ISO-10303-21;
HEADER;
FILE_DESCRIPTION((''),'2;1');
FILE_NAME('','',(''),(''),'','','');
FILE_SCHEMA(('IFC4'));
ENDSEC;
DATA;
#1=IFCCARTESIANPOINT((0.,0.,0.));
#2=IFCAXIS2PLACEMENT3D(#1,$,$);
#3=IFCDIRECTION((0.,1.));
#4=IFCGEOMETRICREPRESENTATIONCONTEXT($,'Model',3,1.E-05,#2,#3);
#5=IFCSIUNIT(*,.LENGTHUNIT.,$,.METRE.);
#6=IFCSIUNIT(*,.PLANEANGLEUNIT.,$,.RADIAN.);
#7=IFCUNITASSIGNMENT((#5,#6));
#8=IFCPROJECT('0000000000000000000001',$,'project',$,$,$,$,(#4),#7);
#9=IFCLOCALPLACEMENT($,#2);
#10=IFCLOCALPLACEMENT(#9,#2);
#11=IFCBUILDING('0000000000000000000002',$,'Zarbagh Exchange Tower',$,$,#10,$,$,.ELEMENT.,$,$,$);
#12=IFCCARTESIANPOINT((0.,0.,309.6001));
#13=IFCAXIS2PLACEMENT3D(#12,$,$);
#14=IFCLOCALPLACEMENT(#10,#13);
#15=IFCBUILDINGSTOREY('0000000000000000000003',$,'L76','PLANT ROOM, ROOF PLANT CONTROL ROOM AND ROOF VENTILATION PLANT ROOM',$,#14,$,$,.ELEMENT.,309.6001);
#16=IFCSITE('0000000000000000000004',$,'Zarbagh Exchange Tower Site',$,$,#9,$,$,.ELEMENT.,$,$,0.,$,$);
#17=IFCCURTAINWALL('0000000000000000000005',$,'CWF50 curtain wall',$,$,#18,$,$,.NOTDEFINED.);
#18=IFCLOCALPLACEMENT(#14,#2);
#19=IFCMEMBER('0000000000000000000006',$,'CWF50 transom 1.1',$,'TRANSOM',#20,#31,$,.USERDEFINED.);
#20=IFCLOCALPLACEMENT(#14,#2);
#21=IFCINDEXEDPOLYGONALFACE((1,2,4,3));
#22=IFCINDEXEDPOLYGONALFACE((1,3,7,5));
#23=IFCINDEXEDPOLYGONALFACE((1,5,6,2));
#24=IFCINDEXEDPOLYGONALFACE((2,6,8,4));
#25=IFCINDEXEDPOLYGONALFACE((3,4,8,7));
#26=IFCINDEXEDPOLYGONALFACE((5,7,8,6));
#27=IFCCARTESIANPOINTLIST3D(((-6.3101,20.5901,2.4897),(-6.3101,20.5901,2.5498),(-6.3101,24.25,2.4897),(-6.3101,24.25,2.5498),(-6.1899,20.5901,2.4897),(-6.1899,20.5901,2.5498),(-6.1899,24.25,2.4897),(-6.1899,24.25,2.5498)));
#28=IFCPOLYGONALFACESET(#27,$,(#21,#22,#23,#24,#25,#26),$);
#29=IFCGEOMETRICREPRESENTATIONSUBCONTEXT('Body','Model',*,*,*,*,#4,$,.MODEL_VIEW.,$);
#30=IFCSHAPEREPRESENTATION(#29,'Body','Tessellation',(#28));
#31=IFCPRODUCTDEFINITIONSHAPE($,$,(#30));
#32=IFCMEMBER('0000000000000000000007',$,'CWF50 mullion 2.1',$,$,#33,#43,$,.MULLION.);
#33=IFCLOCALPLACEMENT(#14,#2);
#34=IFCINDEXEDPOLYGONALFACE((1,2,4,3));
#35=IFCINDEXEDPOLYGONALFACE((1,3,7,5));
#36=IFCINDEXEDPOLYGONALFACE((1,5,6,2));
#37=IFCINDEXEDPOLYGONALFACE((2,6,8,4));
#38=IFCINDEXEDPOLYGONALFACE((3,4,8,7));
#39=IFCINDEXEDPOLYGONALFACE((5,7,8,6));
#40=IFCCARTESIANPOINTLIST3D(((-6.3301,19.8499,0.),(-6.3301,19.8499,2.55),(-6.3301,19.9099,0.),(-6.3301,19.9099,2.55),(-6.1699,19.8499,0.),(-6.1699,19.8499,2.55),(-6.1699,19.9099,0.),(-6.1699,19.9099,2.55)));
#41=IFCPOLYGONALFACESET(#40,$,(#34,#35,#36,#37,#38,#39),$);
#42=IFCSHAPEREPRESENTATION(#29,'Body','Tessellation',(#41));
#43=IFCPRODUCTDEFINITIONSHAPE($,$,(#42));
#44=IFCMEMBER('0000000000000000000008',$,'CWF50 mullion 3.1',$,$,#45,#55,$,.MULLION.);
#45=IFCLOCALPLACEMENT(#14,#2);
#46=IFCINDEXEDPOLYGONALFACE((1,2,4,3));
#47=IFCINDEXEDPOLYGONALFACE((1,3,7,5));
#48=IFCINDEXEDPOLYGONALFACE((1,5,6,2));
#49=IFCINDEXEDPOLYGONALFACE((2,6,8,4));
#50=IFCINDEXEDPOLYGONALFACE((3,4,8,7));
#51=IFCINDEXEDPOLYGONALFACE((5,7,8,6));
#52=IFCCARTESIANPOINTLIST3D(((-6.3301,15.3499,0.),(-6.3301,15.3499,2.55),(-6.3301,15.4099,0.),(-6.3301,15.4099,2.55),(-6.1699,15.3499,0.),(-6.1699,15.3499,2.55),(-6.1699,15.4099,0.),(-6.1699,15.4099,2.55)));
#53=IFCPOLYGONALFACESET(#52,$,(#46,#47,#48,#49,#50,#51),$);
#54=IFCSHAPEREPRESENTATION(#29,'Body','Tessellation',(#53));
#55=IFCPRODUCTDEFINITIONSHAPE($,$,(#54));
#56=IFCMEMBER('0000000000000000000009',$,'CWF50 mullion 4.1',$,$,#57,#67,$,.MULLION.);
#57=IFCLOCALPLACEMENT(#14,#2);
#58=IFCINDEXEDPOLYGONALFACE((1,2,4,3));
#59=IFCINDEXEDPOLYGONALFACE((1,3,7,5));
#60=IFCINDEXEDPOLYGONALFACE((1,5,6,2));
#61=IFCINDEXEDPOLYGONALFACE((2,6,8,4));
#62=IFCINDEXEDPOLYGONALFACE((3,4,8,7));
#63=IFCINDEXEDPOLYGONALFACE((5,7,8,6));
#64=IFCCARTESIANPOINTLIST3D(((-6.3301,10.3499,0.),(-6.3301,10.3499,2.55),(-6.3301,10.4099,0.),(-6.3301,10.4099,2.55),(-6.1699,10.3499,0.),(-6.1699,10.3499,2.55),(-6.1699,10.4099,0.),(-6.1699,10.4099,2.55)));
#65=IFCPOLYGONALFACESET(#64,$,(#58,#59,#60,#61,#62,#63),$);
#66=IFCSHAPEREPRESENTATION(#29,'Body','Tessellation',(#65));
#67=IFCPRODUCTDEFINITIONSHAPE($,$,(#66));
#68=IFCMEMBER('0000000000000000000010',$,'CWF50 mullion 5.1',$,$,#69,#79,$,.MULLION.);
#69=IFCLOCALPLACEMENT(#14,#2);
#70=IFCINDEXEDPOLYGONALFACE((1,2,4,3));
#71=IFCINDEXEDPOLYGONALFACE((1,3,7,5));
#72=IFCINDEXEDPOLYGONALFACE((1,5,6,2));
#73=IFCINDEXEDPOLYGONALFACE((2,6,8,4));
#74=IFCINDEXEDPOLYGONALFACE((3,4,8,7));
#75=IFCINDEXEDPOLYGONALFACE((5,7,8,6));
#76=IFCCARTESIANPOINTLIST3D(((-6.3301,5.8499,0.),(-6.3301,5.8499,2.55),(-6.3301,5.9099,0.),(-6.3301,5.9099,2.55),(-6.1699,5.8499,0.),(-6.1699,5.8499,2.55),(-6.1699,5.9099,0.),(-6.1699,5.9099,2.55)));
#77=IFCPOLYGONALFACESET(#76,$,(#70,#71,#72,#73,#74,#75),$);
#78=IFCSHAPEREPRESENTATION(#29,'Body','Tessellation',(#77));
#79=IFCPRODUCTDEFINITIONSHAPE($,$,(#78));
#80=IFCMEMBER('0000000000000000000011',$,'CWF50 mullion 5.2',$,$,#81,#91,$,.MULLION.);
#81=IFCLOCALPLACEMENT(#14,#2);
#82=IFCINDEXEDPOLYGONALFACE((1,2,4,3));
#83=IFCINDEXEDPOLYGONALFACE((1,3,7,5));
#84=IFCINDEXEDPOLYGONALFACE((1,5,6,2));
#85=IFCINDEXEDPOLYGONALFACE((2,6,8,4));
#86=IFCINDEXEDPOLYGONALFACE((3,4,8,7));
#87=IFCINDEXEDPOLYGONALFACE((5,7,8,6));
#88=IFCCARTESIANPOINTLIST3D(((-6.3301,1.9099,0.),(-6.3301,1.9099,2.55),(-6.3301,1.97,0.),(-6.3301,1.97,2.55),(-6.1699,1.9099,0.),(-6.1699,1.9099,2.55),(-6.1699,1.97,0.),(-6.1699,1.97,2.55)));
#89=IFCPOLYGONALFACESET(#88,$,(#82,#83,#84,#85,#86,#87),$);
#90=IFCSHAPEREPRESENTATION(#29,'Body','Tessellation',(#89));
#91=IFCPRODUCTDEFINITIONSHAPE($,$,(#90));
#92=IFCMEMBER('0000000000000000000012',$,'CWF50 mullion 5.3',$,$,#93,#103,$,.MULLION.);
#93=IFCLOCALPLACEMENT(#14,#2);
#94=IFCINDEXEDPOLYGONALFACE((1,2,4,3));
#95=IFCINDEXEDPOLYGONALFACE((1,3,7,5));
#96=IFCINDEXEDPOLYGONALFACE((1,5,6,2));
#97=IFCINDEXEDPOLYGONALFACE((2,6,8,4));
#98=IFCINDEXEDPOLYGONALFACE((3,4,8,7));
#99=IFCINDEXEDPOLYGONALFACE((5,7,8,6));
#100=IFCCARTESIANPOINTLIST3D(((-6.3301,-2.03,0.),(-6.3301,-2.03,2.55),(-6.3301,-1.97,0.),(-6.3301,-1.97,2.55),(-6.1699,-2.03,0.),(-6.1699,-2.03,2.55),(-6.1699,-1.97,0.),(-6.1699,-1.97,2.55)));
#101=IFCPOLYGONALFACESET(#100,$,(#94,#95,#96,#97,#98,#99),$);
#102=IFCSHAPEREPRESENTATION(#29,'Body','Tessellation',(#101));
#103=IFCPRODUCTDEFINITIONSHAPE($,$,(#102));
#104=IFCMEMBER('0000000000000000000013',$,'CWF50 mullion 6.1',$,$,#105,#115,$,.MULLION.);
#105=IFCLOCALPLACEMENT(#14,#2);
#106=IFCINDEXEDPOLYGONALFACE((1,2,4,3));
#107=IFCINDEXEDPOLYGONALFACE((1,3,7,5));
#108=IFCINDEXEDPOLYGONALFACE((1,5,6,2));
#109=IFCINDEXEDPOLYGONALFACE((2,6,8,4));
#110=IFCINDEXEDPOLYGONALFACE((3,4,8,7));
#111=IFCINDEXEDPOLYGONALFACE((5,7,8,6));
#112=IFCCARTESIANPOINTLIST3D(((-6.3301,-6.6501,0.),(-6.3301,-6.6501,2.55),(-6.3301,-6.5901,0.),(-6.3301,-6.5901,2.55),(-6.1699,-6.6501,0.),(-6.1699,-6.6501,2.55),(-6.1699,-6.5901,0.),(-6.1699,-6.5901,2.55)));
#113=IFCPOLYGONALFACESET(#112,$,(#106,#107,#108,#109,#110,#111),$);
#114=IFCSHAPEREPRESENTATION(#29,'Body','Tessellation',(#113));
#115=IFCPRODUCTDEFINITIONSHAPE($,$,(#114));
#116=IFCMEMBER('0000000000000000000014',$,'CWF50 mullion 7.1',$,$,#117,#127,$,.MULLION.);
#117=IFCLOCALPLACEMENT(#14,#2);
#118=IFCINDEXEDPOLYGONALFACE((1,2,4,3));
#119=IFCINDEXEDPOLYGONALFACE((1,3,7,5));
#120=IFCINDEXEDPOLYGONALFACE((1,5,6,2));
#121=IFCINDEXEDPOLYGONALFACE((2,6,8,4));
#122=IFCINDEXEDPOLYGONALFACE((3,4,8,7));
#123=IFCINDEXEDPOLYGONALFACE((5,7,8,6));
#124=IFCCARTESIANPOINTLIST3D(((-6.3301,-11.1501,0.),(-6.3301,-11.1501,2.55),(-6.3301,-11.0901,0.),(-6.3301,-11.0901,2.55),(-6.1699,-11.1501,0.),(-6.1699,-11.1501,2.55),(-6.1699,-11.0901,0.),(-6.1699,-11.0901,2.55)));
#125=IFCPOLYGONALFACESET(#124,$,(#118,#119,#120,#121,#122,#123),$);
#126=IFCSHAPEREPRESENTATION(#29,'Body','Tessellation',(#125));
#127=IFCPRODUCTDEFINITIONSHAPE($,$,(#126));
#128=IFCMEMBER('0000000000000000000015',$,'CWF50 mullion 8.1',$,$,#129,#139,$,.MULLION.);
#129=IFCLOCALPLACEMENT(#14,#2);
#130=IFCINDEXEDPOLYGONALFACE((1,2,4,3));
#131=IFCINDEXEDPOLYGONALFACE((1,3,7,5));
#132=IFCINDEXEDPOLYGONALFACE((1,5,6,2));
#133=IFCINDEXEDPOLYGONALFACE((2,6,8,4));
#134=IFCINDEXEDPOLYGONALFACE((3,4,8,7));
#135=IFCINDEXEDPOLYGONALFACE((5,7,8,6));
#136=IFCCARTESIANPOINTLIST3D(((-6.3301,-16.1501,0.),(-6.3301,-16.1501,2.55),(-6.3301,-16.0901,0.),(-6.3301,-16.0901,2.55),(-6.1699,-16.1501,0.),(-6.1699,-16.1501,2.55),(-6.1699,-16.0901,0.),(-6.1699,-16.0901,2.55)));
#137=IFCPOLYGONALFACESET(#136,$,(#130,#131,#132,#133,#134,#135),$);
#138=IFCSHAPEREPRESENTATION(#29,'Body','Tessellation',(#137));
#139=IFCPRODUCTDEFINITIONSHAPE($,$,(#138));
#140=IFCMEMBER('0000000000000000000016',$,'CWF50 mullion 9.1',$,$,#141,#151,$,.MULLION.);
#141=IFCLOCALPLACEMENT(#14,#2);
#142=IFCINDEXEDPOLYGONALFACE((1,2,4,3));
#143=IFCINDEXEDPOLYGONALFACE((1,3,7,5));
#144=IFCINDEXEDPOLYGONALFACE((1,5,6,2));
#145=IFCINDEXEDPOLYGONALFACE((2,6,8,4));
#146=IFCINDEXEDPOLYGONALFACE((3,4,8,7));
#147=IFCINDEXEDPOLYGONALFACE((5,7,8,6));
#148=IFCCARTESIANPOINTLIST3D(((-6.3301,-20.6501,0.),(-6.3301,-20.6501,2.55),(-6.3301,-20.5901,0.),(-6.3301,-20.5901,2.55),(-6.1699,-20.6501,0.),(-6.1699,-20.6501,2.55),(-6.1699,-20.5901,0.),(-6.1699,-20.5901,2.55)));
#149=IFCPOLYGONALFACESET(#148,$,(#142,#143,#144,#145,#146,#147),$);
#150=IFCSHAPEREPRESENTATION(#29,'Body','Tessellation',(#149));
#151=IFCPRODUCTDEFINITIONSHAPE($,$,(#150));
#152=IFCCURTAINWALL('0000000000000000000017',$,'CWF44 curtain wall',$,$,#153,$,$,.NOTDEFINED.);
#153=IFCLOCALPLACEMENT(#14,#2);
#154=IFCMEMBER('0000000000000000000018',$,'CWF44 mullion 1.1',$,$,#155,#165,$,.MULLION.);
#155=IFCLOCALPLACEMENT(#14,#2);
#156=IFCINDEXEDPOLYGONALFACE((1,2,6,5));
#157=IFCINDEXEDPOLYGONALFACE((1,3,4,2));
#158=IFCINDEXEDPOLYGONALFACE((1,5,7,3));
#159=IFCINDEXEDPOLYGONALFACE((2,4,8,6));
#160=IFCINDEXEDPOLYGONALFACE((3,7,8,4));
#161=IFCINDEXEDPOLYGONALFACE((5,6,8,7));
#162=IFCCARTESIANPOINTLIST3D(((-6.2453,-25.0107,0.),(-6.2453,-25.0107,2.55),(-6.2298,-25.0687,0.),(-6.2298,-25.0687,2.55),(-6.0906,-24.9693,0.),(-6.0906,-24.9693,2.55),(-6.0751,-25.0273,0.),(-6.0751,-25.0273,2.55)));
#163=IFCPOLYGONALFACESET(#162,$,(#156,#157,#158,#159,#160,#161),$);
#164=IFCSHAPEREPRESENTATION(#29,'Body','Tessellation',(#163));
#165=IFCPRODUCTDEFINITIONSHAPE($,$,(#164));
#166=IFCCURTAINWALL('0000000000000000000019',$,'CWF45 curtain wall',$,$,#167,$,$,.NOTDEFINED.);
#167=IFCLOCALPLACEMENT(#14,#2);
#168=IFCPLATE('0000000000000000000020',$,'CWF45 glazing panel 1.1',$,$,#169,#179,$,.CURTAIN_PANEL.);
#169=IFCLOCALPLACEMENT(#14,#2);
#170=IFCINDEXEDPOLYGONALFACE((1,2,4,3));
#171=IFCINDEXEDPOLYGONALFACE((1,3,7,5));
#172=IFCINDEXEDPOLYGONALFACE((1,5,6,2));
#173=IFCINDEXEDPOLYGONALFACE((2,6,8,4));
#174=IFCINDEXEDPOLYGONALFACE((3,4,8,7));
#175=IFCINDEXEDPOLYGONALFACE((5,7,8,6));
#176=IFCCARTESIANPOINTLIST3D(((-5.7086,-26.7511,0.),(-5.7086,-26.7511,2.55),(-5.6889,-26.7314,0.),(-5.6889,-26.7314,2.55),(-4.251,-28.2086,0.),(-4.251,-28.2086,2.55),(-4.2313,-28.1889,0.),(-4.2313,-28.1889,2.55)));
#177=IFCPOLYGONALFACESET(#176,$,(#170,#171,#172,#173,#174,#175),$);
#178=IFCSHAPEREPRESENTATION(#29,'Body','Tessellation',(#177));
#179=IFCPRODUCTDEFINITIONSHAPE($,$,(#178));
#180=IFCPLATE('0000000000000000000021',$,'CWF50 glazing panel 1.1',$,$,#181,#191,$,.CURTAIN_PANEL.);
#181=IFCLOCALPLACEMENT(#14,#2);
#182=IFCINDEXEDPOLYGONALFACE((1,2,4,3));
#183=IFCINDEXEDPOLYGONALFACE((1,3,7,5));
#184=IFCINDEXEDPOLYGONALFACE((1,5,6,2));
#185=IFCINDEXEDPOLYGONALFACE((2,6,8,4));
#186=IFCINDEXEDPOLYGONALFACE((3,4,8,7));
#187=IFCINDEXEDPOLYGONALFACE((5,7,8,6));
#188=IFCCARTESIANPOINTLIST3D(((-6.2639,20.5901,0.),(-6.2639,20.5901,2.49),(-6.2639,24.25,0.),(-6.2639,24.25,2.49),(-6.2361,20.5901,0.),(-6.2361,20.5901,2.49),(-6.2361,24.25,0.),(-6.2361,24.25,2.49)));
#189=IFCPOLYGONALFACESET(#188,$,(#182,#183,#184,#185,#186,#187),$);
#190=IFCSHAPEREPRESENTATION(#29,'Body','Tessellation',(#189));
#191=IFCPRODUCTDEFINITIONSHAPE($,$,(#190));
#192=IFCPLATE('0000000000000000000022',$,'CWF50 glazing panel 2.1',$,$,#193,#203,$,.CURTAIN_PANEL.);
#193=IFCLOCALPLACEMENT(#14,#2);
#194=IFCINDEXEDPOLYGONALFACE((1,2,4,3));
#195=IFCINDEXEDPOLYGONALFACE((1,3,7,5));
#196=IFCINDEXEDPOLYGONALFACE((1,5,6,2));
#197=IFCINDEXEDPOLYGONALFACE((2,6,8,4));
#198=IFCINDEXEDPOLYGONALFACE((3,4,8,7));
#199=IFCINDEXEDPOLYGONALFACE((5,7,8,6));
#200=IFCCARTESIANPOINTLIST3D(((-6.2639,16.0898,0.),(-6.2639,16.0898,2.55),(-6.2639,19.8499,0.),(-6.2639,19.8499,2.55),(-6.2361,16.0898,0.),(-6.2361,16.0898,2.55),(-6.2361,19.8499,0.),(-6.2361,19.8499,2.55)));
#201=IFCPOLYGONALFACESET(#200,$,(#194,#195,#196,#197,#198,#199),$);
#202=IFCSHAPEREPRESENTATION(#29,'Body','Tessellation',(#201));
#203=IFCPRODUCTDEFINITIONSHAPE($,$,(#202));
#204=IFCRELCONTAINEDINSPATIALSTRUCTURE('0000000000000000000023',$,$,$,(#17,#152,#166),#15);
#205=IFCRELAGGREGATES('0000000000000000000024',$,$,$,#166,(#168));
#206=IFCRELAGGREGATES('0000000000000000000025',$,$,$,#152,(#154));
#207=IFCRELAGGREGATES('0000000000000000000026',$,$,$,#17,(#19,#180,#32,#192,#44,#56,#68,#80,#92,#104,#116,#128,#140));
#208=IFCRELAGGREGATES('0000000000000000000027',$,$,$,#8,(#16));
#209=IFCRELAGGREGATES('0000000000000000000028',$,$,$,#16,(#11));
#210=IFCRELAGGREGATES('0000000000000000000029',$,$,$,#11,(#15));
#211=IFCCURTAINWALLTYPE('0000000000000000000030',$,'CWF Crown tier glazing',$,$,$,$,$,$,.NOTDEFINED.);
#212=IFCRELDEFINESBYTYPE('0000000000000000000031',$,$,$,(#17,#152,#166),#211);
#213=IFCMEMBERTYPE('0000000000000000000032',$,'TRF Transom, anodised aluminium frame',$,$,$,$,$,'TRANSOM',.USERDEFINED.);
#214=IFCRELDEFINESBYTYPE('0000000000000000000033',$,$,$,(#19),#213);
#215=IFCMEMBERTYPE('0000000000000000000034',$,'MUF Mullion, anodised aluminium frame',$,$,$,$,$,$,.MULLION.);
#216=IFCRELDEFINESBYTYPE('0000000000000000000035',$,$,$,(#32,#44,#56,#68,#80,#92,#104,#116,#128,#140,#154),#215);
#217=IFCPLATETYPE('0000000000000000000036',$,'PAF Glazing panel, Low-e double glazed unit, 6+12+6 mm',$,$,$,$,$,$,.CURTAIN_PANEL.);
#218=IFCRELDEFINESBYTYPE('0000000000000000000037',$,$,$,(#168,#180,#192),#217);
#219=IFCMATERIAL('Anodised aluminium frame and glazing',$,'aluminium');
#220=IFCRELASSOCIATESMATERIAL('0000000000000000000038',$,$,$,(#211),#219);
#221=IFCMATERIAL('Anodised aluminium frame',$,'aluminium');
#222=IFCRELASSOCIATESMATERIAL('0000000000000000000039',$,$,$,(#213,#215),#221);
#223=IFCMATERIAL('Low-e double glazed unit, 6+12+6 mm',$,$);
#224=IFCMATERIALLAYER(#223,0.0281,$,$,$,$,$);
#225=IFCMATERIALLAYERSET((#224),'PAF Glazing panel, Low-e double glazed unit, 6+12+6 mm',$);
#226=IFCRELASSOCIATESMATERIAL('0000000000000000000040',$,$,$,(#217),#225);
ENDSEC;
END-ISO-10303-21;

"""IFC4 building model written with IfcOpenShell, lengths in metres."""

from ifc_helpers import new_model, si_unit, direction, frame, origin, place, context, subcontext, project, spatial, polyline, outline, extrude, source, transform, mapped, material, layer, layer_set, type_object, element, aggregate, save


model = new_model("IFC4")

# Units and contexts
model_context = context("Model", 3, precision=1e-05, world=origin(), true_north=direction((0.0, 1.0)))
body_context = subcontext(model_context, "Body", "Model", "MODEL_VIEW")
ifc_project = project(units=[si_unit("LENGTHUNIT", "METRE"), si_unit("PLANEANGLEUNIT", "RADIAN")], contexts=[model_context])

# Site, building, storey
site_placement = place(None, origin())
site = spatial("IfcSite", under=ifc_project, at=site_placement, Name="Zarbagh Exchange Tower Site", CompositionType="ELEMENT", RefElevation=0.0)
building_placement = place(site_placement, origin())
building = spatial("IfcBuilding", under=site, at=building_placement, Name="Zarbagh Exchange Tower", CompositionType="ELEMENT")
storey_placement = place(building_placement, frame((0.0, 0.0, 309.6001)))
storey = spatial("IfcBuildingStorey", under=building, at=storey_placement, Name="L76", Description="PLANT ROOM, ROOF PLANT CONTROL ROOM AND ROOF VENTILATION PLANT ROOM", CompositionType="ELEMENT", Elevation=309.6001)

# Curtain wall, members
ifc_material_1 = material(Name="Anodised aluminium frame and glazing", Category="aluminium")
curtain_wall_type = type_object("IfcCurtainWallType", Name="CWF Crown tier glazing", PredefinedType="NOTDEFINED", material=ifc_material_1)
curtain_wall_1_placement = place(storey_placement, origin())
curtain_wall_1 = element("IfcCurtainWall", 1, at=curtain_wall_1_placement, inside=storey, type_object=curtain_wall_type, Name="CWF50 curtain wall", PredefinedType="NOTDEFINED")
ifc_material_2 = material(Name="Anodised aluminium frame", Category="aluminium")
member_type_1 = type_object("IfcMemberType", Name="TRF Transom, anodised aluminium frame", ElementType="TRANSOM", PredefinedType="USERDEFINED", material=ifc_material_2)
shared_shape_1 = source(origin(), body_context, "Body", "SweptSolid", [
    extrude(outline(polyline([(-0.0601, -0.0601), (0.0, -0.0601), (0.0, 0.0601), (-0.0601, 0.0601), (-0.0601, -0.0601)])), origin(), (0.0, 0.0, 1.0), 3.6599),
])
placement = place(storey_placement, origin())
member_1 = element("IfcMember", 2, at=placement, type_object=member_type_1, Name="CWF50 transom 1.1", ObjectType="TRANSOM", PredefinedType="USERDEFINED", context=body_context, shape_type="MappedRepresentation", body=[
    mapped(shared_shape_1, transform((-6.25, 24.25, 2.5498), x_axis=(0.0, 0.0, 1.0), y_axis=(-1.0, 0.0, 0.0), z_axis=(0.0, -1.0, 0.0))),
])
member_type_2 = type_object("IfcMemberType", Name="MUF Mullion, anodised aluminium frame", PredefinedType="MULLION", material=ifc_material_2)
shared_shape_2 = source(origin(), body_context, "Body", "SweptSolid", [
    extrude(outline(polyline([(0.0, -0.0801), (0.0601, -0.0801), (0.0601, 0.0801), (0.0, 0.0801), (0.0, -0.0801)])), origin(), (0.0, 0.0, 1.0), 2.55),
])
member_2 = element("IfcMember", 3, at=placement, type_object=member_type_2, Name="CWF50 mullion 2.1", PredefinedType="MULLION", context=body_context, shape_type="MappedRepresentation", body=[
    mapped(shared_shape_2, transform((-6.25, 19.9099, 0.0), x_axis=(0.0, -1.0, 0.0), y_axis=(1.0, 0.0, 0.0), z_axis=(0.0, 0.0, 1.0))),
])
member_3 = element("IfcMember", 4, at=placement, type_object=member_type_2, Name="CWF50 mullion 3.1", PredefinedType="MULLION", context=body_context, shape_type="MappedRepresentation", body=[
    mapped(shared_shape_2, transform((-6.25, 15.4099, 0.0), x_axis=(0.0, -1.0, 0.0), y_axis=(1.0, 0.0, 0.0), z_axis=(0.0, 0.0, 1.0))),
])
member_4 = element("IfcMember", 5, at=placement, type_object=member_type_2, Name="CWF50 mullion 4.1", PredefinedType="MULLION", context=body_context, shape_type="MappedRepresentation", body=[
    mapped(shared_shape_2, transform((-6.25, 10.4099, 0.0), x_axis=(0.0, -1.0, 0.0), y_axis=(1.0, 0.0, 0.0), z_axis=(0.0, 0.0, 1.0))),
])
member_5 = element("IfcMember", 6, at=placement, type_object=member_type_2, Name="CWF50 mullion 5.1", PredefinedType="MULLION", context=body_context, shape_type="MappedRepresentation", body=[
    mapped(shared_shape_2, transform((-6.25, 5.9099, 0.0), x_axis=(0.0, -1.0, 0.0), y_axis=(1.0, 0.0, 0.0), z_axis=(0.0, 0.0, 1.0))),
])
member_6 = element("IfcMember", 7, at=placement, type_object=member_type_2, Name="CWF50 mullion 5.2", PredefinedType="MULLION", context=body_context, shape_type="MappedRepresentation", body=[
    mapped(shared_shape_2, transform((-6.25, 1.97, 0.0), x_axis=(0.0, -1.0, 0.0), y_axis=(1.0, 0.0, 0.0), z_axis=(0.0, 0.0, 1.0))),
])
member_7 = element("IfcMember", 8, at=placement, type_object=member_type_2, Name="CWF50 mullion 5.3", PredefinedType="MULLION", context=body_context, shape_type="MappedRepresentation", body=[
    mapped(shared_shape_2, transform((-6.25, -1.97, 0.0), x_axis=(0.0, -1.0, 0.0), y_axis=(1.0, 0.0, 0.0), z_axis=(0.0, 0.0, 1.0))),
])
member_8 = element("IfcMember", 9, at=placement, type_object=member_type_2, Name="CWF50 mullion 6.1", PredefinedType="MULLION", context=body_context, shape_type="MappedRepresentation", body=[
    mapped(shared_shape_2, transform((-6.25, -6.5901, 0.0), x_axis=(0.0, -1.0, 0.0), y_axis=(1.0, 0.0, 0.0), z_axis=(0.0, 0.0, 1.0))),
])
member_9 = element("IfcMember", 10, at=placement, type_object=member_type_2, Name="CWF50 mullion 7.1", PredefinedType="MULLION", context=body_context, shape_type="MappedRepresentation", body=[
    mapped(shared_shape_2, transform((-6.25, -11.0901, 0.0), x_axis=(0.0, -1.0, 0.0), y_axis=(1.0, 0.0, 0.0), z_axis=(0.0, 0.0, 1.0))),
])
member_10 = element("IfcMember", 11, at=placement, type_object=member_type_2, Name="CWF50 mullion 8.1", PredefinedType="MULLION", context=body_context, shape_type="MappedRepresentation", body=[
    mapped(shared_shape_2, transform((-6.25, -16.0901, 0.0), x_axis=(0.0, -1.0, 0.0), y_axis=(1.0, 0.0, 0.0), z_axis=(0.0, 0.0, 1.0))),
])
member_11 = element("IfcMember", 12, at=placement, type_object=member_type_2, Name="CWF50 mullion 9.1", PredefinedType="MULLION", context=body_context, shape_type="MappedRepresentation", body=[
    mapped(shared_shape_2, transform((-6.25, -20.5901, 0.0), x_axis=(0.0, -1.0, 0.0), y_axis=(1.0, 0.0, 0.0), z_axis=(0.0, 0.0, 1.0))),
])

# Curtain wall, member
curtain_wall_2_placement = place(storey_placement, origin())
curtain_wall_2 = element("IfcCurtainWall", 13, at=curtain_wall_2_placement, inside=storey, type_object=curtain_wall_type, Name="CWF44 curtain wall", PredefinedType="NOTDEFINED")
member_12 = element("IfcMember", 14, at=placement, type_object=member_type_2, Name="CWF44 mullion 1.1", PredefinedType="MULLION", context=body_context, shape_type="MappedRepresentation", body=[
    mapped(shared_shape_2, transform((-6.168, -24.99, 0.0), x_axis=(0.258825, -0.965924, 0.0), y_axis=(0.965924, 0.258825, 0.0), z_axis=(0.0, 0.0, 1.0))),
])

# Curtain wall, plate
curtain_wall_3_placement = place(storey_placement, origin())
curtain_wall_3 = element("IfcCurtainWall", 15, at=curtain_wall_3_placement, inside=storey, type_object=curtain_wall_type, Name="CWF45 curtain wall", PredefinedType="NOTDEFINED")
ifc_material_3 = material(Name="Low-e double glazed unit, 6+12+6 mm")
ifc_layer = layer(ifc_material_3, 0.0281)
ifc_layer_set = layer_set([ifc_layer], Name="PAF Glazing panel, Low-e double glazed unit, 6+12+6 mm")
plate_type = type_object("IfcPlateType", Name="PAF Glazing panel, Low-e double glazed unit, 6+12+6 mm", PredefinedType="CURTAIN_PANEL", material=ifc_layer_set)
shared_shape_3 = source(origin(), body_context, "Body", "SweptSolid", [
    extrude(outline(polyline([(0.0, -0.0139), (2.0613, -0.0139), (2.0613, 0.0139), (0.0, 0.0139), (0.0, -0.0139)])), origin(), (0.0, 0.0, 1.0), 2.55),
])
plate_1 = element("IfcPlate", 16, at=placement, type_object=plate_type, Name="CWF45 glazing panel 1.1", PredefinedType="CURTAIN_PANEL", context=body_context, shape_type="MappedRepresentation", body=[
    mapped(shared_shape_3, transform((-5.6987, -26.7412, 0.0), x_axis=(0.707107, -0.707107, 0.0), y_axis=(0.707107, 0.707107, 0.0), z_axis=(0.0, 0.0, 1.0))),
])
aggregate(curtain_wall_3, [plate_1])

# Plates
shared_shape_4 = source(origin(), body_context, "Body", "SweptSolid", [
    extrude(outline(polyline([(0.0, -0.0139), (3.6599, -0.0139), (3.6599, 0.0139), (0.0, 0.0139), (0.0, -0.0139)])), origin(), (0.0, 0.0, 1.0), 2.49),
])
plate_2 = element("IfcPlate", 17, at=placement, type_object=plate_type, Name="CWF50 glazing panel 1.1", PredefinedType="CURTAIN_PANEL", context=body_context, shape_type="MappedRepresentation", body=[
    mapped(shared_shape_4, transform((-6.25, 24.25, 0.0), x_axis=(0.0, -1.0, 0.0), y_axis=(1.0, 0.0, 0.0), z_axis=(0.0, 0.0, 1.0))),
])
shared_shape_5 = source(origin(), body_context, "Body", "SweptSolid", [
    extrude(outline(polyline([(0.0, -0.0139), (3.76, -0.0139), (3.76, 0.0139), (0.0, 0.0139), (0.0, -0.0139)])), origin(), (0.0, 0.0, 1.0), 2.55),
])
plate_3 = element("IfcPlate", 18, at=placement, type_object=plate_type, Name="CWF50 glazing panel 2.1", PredefinedType="CURTAIN_PANEL", context=body_context, shape_type="MappedRepresentation", body=[
    mapped(shared_shape_5, transform((-6.25, 19.8499, 0.0), x_axis=(0.0, -1.0, 0.0), y_axis=(1.0, 0.0, 0.0), z_axis=(0.0, 0.0, 1.0))),
])
aggregate(curtain_wall_2, [member_12])
aggregate(curtain_wall_1, [member_1, plate_2, member_2, plate_3, member_3, member_4, member_5, member_6, member_7, member_8, member_9, member_10, member_11])

save(model, "model.ifc")
